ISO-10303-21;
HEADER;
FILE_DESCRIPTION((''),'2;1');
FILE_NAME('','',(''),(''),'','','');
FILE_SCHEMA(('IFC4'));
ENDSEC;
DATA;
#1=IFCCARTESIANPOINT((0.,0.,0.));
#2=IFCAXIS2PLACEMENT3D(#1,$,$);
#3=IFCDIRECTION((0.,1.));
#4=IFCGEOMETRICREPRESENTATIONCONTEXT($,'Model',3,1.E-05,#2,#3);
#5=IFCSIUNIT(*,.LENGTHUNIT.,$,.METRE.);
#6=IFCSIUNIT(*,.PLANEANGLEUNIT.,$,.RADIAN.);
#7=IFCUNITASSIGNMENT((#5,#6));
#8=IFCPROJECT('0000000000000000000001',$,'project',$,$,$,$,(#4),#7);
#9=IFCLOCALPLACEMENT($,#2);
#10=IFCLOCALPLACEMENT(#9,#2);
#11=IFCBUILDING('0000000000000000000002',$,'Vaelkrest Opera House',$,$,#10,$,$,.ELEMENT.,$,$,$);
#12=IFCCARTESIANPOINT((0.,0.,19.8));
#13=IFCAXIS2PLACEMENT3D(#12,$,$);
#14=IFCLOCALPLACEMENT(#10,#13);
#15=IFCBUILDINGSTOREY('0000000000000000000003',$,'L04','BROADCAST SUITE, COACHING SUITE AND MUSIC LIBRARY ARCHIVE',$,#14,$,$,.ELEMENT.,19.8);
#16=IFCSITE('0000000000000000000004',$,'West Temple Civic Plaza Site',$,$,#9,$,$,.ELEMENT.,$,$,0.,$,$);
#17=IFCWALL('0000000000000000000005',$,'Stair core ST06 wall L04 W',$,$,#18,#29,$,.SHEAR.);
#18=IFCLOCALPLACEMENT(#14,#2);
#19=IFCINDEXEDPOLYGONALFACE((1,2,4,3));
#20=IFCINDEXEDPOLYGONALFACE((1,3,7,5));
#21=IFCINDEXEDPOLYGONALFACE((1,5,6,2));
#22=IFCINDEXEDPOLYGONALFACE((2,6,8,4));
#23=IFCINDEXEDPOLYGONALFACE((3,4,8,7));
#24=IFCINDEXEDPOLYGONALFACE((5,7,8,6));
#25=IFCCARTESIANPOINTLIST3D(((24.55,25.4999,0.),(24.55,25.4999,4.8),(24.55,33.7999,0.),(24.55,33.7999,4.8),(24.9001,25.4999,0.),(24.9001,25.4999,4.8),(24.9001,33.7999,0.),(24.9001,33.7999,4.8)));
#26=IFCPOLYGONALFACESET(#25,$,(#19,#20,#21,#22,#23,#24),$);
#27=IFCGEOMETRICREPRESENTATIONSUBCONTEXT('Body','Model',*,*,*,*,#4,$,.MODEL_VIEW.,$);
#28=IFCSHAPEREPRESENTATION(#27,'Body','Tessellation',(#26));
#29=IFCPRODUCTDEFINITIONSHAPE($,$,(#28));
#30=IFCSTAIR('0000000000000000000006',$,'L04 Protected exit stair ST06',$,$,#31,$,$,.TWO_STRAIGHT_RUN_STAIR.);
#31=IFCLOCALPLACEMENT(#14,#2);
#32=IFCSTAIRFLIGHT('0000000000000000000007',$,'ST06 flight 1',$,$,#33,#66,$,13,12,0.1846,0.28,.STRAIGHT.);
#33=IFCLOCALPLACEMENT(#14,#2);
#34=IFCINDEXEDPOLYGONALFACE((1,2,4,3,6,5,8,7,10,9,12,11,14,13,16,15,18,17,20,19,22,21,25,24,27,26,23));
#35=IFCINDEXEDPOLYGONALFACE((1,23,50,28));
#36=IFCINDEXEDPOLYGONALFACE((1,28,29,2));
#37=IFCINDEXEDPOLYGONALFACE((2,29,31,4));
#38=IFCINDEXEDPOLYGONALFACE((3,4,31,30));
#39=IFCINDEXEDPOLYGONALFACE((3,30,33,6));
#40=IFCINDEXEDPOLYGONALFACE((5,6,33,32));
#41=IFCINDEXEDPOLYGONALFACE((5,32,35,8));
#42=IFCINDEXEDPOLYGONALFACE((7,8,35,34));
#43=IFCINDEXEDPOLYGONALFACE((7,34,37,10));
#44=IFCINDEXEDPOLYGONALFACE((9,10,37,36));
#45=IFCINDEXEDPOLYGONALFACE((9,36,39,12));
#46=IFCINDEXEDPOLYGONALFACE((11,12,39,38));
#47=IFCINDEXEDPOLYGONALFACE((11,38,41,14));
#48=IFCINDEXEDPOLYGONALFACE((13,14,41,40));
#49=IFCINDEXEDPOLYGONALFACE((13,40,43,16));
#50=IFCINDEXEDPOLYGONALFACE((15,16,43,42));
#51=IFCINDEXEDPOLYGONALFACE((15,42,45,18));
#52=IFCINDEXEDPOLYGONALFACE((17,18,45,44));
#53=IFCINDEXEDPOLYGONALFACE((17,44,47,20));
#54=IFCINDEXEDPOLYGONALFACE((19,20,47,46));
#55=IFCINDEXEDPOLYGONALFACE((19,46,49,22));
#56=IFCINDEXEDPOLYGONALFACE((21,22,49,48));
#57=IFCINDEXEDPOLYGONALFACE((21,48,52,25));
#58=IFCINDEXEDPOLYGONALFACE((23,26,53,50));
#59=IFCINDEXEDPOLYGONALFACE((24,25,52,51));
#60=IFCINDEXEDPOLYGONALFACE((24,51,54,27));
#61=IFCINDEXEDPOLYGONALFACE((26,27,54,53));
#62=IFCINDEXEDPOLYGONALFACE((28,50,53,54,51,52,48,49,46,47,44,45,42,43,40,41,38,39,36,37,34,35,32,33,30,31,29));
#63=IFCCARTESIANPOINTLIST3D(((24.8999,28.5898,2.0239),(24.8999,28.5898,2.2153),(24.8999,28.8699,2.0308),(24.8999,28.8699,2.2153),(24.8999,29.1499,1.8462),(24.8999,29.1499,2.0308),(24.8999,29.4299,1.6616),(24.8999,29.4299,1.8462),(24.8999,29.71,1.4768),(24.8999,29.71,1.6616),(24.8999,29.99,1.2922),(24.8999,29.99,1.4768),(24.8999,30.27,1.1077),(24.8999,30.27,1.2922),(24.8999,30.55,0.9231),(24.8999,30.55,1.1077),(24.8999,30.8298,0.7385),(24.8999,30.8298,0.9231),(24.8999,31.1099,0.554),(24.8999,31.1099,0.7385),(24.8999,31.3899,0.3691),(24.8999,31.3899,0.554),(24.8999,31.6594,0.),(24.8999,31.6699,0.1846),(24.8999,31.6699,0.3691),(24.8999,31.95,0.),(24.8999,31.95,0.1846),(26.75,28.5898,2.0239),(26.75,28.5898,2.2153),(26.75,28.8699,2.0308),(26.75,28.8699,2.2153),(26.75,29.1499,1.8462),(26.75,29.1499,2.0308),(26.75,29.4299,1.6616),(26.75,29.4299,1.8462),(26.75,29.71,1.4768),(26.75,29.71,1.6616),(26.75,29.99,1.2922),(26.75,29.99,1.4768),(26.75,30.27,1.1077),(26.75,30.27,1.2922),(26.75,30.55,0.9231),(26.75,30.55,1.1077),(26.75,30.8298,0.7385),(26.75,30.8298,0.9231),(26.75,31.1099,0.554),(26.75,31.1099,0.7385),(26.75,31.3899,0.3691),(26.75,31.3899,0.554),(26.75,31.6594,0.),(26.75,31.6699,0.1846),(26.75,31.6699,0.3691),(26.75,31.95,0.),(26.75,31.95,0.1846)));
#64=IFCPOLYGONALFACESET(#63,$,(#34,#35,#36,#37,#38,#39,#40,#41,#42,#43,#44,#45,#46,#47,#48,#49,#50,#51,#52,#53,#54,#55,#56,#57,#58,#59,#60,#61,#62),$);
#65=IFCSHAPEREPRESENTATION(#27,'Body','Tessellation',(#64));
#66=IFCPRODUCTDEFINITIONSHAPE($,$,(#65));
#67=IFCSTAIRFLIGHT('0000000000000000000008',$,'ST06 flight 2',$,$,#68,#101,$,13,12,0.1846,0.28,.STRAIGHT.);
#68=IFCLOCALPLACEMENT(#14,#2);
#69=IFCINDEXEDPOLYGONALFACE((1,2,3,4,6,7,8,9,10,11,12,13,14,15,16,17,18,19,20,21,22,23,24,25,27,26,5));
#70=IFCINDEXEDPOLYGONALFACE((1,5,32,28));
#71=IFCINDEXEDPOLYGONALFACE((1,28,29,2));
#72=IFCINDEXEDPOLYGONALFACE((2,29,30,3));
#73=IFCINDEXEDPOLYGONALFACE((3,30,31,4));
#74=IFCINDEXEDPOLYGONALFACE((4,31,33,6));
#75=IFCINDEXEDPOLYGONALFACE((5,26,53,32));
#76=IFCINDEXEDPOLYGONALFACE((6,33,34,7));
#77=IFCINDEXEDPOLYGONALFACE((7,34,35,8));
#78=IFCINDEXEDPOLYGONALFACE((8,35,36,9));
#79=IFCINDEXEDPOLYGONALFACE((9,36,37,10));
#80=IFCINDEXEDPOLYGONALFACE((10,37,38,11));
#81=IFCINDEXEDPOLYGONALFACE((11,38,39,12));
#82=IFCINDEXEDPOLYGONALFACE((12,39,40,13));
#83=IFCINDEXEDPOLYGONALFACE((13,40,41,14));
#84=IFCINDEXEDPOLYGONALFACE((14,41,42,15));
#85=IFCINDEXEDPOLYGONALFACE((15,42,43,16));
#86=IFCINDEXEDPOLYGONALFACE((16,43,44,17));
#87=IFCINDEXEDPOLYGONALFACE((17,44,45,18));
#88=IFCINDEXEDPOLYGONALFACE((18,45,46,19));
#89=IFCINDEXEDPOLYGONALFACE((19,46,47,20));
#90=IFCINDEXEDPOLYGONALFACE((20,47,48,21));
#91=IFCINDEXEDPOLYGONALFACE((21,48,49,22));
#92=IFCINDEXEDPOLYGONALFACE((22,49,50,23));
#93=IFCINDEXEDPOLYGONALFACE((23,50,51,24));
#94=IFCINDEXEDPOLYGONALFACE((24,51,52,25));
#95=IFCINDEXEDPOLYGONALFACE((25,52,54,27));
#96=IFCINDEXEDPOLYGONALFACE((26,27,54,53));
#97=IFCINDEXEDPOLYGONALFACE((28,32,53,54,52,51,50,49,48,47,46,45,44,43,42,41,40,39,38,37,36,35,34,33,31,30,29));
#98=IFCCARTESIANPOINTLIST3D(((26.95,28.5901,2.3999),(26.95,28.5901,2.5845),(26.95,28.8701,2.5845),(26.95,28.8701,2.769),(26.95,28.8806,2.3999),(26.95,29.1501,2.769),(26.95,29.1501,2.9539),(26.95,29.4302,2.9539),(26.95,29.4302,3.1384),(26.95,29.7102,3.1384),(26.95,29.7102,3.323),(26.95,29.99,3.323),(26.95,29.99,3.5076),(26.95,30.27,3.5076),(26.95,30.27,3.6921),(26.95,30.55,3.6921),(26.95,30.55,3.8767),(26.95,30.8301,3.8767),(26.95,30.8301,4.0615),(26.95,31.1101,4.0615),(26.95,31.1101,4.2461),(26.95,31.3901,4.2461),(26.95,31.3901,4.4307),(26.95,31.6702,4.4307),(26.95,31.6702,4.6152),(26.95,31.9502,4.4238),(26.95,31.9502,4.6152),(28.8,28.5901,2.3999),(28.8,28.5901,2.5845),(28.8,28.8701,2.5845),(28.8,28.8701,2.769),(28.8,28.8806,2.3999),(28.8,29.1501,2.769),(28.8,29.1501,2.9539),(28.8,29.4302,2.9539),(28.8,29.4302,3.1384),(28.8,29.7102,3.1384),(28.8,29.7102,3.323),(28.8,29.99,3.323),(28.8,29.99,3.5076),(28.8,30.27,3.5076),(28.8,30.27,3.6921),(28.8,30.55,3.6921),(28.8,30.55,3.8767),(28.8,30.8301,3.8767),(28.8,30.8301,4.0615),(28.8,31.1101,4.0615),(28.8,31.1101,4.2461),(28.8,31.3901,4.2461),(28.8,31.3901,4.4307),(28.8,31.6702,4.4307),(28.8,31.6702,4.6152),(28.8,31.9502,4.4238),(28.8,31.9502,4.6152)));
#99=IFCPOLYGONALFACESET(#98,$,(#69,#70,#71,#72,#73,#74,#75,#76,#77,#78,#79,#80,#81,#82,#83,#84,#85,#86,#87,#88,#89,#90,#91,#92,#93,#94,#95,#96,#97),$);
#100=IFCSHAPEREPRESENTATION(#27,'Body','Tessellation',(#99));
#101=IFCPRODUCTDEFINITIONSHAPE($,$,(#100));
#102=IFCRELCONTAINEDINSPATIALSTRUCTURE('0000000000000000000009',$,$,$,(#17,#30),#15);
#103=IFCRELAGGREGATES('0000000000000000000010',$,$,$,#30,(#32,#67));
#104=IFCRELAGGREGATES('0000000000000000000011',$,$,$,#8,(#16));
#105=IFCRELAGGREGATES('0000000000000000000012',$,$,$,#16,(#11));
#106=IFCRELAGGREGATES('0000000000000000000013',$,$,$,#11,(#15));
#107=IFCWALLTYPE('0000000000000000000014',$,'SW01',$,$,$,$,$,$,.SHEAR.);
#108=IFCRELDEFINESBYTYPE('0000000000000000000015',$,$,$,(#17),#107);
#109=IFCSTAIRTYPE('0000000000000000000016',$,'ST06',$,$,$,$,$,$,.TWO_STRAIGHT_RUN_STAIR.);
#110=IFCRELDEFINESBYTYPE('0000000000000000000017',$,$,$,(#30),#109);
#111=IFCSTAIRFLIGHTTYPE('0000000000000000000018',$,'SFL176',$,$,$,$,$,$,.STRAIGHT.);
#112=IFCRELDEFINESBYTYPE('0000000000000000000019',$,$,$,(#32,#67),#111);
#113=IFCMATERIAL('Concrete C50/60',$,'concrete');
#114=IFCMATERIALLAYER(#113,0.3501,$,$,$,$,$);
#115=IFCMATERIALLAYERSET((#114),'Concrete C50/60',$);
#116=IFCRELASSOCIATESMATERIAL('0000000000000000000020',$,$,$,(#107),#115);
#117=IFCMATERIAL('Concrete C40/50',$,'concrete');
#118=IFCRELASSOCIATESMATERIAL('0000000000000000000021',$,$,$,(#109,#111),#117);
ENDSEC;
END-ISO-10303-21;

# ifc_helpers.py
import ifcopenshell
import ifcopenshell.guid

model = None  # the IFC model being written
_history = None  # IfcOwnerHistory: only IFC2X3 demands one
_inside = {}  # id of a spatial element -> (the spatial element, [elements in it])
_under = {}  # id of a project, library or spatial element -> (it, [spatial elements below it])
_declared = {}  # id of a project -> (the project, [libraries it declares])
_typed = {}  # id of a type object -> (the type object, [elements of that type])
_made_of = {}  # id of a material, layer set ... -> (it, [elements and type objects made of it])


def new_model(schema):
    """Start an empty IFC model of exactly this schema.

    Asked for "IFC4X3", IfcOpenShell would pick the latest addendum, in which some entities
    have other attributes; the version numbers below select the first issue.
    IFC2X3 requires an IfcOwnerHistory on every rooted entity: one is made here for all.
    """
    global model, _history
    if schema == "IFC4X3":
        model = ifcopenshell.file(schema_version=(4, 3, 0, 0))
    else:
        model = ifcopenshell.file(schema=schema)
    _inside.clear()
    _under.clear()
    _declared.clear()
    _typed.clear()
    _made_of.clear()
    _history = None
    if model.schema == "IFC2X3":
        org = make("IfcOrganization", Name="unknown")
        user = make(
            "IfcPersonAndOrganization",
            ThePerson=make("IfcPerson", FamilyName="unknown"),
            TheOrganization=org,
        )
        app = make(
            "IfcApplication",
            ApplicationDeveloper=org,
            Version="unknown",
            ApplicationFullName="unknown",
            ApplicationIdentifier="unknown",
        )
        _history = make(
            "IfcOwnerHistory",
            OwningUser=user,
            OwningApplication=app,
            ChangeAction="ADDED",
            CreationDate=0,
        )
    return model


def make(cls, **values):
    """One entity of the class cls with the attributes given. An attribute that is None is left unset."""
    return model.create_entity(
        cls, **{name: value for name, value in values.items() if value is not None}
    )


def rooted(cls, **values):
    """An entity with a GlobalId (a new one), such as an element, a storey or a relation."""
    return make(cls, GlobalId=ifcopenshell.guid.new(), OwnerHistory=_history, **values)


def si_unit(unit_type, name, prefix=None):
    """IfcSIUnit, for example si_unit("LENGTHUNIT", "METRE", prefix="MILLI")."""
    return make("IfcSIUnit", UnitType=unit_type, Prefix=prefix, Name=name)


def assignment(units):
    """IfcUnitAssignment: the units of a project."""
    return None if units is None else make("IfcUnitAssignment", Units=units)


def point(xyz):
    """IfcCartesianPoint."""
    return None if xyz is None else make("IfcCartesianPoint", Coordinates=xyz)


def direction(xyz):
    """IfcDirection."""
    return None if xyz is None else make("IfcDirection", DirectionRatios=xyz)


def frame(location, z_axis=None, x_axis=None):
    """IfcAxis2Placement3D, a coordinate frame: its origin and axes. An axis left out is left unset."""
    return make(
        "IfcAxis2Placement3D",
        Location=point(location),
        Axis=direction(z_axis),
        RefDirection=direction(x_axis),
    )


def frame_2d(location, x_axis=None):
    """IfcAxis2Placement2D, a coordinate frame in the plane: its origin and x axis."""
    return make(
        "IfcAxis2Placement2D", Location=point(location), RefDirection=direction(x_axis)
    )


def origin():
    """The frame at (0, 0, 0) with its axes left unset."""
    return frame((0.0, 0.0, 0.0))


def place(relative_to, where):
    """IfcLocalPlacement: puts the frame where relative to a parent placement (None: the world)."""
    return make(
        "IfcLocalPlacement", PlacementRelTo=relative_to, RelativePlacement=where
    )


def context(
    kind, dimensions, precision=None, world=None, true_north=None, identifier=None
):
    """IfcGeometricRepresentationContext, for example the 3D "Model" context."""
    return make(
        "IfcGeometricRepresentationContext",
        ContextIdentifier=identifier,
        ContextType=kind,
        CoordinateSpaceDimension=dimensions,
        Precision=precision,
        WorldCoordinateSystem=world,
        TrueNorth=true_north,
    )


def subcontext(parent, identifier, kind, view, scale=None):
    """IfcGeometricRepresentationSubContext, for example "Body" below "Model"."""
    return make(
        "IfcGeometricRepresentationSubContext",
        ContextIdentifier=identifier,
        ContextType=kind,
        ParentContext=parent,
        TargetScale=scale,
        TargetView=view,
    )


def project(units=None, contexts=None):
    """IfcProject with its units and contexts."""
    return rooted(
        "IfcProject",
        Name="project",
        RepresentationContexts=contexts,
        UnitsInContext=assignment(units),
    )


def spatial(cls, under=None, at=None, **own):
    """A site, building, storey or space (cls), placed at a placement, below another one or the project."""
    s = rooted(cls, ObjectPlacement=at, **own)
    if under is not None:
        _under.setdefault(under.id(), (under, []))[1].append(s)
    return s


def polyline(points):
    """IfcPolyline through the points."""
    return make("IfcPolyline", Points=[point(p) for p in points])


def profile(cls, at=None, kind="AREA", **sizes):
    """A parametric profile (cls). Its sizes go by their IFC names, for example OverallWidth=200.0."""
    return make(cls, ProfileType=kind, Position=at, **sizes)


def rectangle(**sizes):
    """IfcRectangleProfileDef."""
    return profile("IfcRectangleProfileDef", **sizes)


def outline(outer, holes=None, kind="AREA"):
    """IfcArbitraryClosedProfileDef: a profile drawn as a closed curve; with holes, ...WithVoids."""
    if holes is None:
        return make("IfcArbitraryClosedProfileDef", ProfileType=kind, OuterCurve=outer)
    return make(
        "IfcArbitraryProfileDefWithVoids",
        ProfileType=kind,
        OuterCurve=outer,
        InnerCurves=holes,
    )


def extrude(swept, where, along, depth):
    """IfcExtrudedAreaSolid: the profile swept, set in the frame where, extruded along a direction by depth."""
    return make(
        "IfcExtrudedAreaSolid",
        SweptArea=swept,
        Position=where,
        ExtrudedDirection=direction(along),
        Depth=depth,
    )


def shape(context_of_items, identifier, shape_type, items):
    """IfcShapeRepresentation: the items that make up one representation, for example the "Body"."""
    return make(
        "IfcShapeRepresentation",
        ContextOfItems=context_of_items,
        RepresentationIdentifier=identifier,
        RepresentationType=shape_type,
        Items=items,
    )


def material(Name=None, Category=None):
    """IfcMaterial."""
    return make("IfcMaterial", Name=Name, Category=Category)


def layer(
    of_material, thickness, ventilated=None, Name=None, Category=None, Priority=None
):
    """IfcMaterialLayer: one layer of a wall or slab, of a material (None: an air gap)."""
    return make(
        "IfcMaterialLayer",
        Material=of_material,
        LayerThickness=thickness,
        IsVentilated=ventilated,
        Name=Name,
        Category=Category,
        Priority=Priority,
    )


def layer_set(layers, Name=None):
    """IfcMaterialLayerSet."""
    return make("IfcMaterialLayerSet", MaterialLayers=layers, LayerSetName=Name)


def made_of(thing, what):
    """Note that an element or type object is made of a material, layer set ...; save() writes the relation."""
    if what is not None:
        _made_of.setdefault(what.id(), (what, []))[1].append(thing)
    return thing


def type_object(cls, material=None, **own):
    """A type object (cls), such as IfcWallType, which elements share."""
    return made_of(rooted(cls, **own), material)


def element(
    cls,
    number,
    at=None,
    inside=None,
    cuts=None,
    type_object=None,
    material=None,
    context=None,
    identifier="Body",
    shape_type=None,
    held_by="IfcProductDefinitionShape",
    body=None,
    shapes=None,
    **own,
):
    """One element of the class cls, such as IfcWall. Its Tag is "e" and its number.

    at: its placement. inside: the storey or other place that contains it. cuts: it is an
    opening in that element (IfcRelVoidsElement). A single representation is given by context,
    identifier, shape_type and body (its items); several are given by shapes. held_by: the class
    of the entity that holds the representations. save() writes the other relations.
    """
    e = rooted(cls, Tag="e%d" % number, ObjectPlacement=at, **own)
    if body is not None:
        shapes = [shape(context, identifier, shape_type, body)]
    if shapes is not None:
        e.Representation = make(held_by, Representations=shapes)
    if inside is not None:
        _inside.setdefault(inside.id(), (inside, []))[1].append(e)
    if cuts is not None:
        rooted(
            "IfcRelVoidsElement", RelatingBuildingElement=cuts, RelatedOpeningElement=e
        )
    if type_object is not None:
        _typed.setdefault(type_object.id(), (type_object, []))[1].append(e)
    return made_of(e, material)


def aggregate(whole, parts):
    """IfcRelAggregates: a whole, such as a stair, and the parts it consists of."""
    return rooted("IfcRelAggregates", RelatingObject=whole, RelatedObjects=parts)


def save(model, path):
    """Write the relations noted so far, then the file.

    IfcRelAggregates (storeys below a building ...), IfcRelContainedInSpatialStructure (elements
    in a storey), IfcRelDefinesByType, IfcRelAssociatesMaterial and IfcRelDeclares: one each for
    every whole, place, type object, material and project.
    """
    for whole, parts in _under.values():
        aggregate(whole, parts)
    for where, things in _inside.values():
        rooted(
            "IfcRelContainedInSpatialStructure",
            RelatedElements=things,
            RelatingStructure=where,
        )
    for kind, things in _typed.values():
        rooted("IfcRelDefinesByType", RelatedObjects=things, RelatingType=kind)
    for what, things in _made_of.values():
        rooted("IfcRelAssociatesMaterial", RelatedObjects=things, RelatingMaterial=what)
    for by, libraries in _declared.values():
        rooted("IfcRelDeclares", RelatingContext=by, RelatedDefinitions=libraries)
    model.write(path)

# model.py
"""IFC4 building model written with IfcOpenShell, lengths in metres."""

from ifc_helpers import new_model, si_unit, direction, frame, frame_2d, origin, place, context, subcontext, project, spatial, polyline, rectangle, outline, extrude, material, layer, layer_set, type_object, element, aggregate, save


model = new_model("IFC4")

# Units and contexts
model_context = context("Model", 3, precision=1e-05, world=origin(), true_north=direction((0.0, 1.0)))
body_context = subcontext(model_context, "Body", "Model", "MODEL_VIEW")
ifc_project = project(units=[si_unit("LENGTHUNIT", "METRE"), si_unit("PLANEANGLEUNIT", "RADIAN")], contexts=[model_context])

# Site, building, storey
site_placement = place(None, origin())
site = spatial("IfcSite", under=ifc_project, at=site_placement, Name="West Temple Civic Plaza Site", CompositionType="ELEMENT", RefElevation=0.0)
building_placement = place(site_placement, origin())
building = spatial("IfcBuilding", under=site, at=building_placement, Name="Vaelkrest Opera House", CompositionType="ELEMENT")
storey_placement = place(building_placement, frame((0.0, 0.0, 19.8)))
storey = spatial("IfcBuildingStorey", under=building, at=storey_placement, Name="L04", Description="BROADCAST SUITE, COACHING SUITE AND MUSIC LIBRARY ARCHIVE", CompositionType="ELEMENT", Elevation=19.8)

# Shared definitions
ifc_material_1 = material(Name="Concrete C50/60", Category="concrete")

# Wall
ifc_layer = layer(ifc_material_1, 0.3501)
ifc_layer_set = layer_set([ifc_layer], Name="Concrete C50/60")
wall_type = type_object("IfcWallType", Name="SW01", PredefinedType="SHEAR", material=ifc_layer_set)
wall_placement = place(storey_placement, frame((24.7251, 25.5, 0.0), z_axis=(0.0, 0.0, 1.0), x_axis=(0.0, 1.0, 0.0)))
element("IfcWall", 1, at=wall_placement, inside=storey, type_object=wall_type, Name="Stair core ST06 wall L04 W", PredefinedType="SHEAR", context=body_context, shape_type="SweptSolid", body=[
    extrude(rectangle(XDim=8.3, YDim=0.3501, at=frame_2d((4.1499, 0.0))), origin(), (0.0, 0.0, 1.0), 4.8),
])

# Stair, stair flights
ifc_material_2 = material(Name="Concrete C40/50", Category="concrete")
stair_type = type_object("IfcStairType", Name="ST06", PredefinedType="TWO_STRAIGHT_RUN_STAIR", material=ifc_material_2)
stair_placement = place(storey_placement, origin())
stair = element("IfcStair", 2, at=stair_placement, inside=storey, type_object=stair_type, Name="L04 Protected exit stair ST06", PredefinedType="TWO_STRAIGHT_RUN_STAIR")
stair_flight_type = type_object("IfcStairFlightType", Name="SFL176", PredefinedType="STRAIGHT", material=ifc_material_2)
stair_flight_1_placement = place(storey_placement, frame((25.825, 31.95, 0.0), z_axis=(0.0, 0.0, 1.0), x_axis=(0.0, -1.0, 0.0)))
stair_flight_1 = element("IfcStairFlight", 3, at=stair_flight_1_placement, type_object=stair_flight_type, Name="ST06 flight 1", NumberOfRisers=13, NumberOfTreads=12, PredefinedType="STRAIGHT", RiserHeight=0.1846, TreadLength=0.28, context=body_context, shape_type="SweptSolid", body=[
    extrude(outline(polyline([(0.0, 0.0), (0.0, 0.1846), (0.28, 0.1846), (0.28, 0.3691), (0.5601, 0.3691), (0.5601, 0.554), (0.8401, 0.554), (0.8401, 0.7385), (1.1201, 0.7385), (1.1201, 0.9231), (1.3999, 0.9231), (1.3999, 1.1077), (1.6799, 1.1077), (1.6799, 1.2922), (1.96, 1.2922), (1.96, 1.4768), (2.24, 1.4768), (2.24, 1.6616), (2.52, 1.6616), (2.52, 1.8462), (2.8, 1.8462), (2.8, 2.0308), (3.0801, 2.0308), (3.0801, 2.2153), (3.3601, 2.2153), (3.3601, 2.3999), (3.3601, 2.0239), (0.2905, 0.0), (0.0, 0.0)])), frame((0.0, 0.925, 0.0), z_axis=(0.0, -1.0, 0.0), x_axis=(1.0, 0.0, 0.0)), (0.0, 0.0, 1.0), 1.8501),
])
stair_flight_2_placement = place(storey_placement, frame((27.875, 28.5901, 2.3999), z_axis=(0.0, 0.0, 1.0), x_axis=(0.0, 1.0, 0.0)))
stair_flight_2 = element("IfcStairFlight", 4, at=stair_flight_2_placement, type_object=stair_flight_type, Name="ST06 flight 2", NumberOfRisers=13, NumberOfTreads=12, PredefinedType="STRAIGHT", RiserHeight=0.1846, TreadLength=0.28, context=body_context, shape_type="SweptSolid", body=[
    extrude(outline(polyline([(0.0, 0.0), (0.0, 0.1846), (0.28, 0.1846), (0.28, 0.3691), (0.5601, 0.3691), (0.5601, 0.554), (0.8401, 0.554), (0.8401, 0.7385), (1.1201, 0.7385), (1.1201, 0.9231), (1.3999, 0.9231), (1.3999, 1.1077), (1.6799, 1.1077), (1.6799, 1.2922), (1.96, 1.2922), (1.96, 1.4768), (2.24, 1.4768), (2.24, 1.6616), (2.52, 1.6616), (2.52, 1.8462), (2.8, 1.8462), (2.8, 2.0308), (3.0801, 2.0308), (3.0801, 2.2153), (3.3601, 2.2153), (3.3601, 2.3999), (3.3601, 2.0239), (0.2905, 0.0), (0.0, 0.0)])), frame((0.0, 0.925, 0.0), z_axis=(0.0, -1.0, 0.0), x_axis=(1.0, 0.0, 0.0)), (0.0, 0.0, 1.0), 1.8501),
])
aggregate(stair, [stair_flight_1, stair_flight_2])

save(model, "model.ifc")
